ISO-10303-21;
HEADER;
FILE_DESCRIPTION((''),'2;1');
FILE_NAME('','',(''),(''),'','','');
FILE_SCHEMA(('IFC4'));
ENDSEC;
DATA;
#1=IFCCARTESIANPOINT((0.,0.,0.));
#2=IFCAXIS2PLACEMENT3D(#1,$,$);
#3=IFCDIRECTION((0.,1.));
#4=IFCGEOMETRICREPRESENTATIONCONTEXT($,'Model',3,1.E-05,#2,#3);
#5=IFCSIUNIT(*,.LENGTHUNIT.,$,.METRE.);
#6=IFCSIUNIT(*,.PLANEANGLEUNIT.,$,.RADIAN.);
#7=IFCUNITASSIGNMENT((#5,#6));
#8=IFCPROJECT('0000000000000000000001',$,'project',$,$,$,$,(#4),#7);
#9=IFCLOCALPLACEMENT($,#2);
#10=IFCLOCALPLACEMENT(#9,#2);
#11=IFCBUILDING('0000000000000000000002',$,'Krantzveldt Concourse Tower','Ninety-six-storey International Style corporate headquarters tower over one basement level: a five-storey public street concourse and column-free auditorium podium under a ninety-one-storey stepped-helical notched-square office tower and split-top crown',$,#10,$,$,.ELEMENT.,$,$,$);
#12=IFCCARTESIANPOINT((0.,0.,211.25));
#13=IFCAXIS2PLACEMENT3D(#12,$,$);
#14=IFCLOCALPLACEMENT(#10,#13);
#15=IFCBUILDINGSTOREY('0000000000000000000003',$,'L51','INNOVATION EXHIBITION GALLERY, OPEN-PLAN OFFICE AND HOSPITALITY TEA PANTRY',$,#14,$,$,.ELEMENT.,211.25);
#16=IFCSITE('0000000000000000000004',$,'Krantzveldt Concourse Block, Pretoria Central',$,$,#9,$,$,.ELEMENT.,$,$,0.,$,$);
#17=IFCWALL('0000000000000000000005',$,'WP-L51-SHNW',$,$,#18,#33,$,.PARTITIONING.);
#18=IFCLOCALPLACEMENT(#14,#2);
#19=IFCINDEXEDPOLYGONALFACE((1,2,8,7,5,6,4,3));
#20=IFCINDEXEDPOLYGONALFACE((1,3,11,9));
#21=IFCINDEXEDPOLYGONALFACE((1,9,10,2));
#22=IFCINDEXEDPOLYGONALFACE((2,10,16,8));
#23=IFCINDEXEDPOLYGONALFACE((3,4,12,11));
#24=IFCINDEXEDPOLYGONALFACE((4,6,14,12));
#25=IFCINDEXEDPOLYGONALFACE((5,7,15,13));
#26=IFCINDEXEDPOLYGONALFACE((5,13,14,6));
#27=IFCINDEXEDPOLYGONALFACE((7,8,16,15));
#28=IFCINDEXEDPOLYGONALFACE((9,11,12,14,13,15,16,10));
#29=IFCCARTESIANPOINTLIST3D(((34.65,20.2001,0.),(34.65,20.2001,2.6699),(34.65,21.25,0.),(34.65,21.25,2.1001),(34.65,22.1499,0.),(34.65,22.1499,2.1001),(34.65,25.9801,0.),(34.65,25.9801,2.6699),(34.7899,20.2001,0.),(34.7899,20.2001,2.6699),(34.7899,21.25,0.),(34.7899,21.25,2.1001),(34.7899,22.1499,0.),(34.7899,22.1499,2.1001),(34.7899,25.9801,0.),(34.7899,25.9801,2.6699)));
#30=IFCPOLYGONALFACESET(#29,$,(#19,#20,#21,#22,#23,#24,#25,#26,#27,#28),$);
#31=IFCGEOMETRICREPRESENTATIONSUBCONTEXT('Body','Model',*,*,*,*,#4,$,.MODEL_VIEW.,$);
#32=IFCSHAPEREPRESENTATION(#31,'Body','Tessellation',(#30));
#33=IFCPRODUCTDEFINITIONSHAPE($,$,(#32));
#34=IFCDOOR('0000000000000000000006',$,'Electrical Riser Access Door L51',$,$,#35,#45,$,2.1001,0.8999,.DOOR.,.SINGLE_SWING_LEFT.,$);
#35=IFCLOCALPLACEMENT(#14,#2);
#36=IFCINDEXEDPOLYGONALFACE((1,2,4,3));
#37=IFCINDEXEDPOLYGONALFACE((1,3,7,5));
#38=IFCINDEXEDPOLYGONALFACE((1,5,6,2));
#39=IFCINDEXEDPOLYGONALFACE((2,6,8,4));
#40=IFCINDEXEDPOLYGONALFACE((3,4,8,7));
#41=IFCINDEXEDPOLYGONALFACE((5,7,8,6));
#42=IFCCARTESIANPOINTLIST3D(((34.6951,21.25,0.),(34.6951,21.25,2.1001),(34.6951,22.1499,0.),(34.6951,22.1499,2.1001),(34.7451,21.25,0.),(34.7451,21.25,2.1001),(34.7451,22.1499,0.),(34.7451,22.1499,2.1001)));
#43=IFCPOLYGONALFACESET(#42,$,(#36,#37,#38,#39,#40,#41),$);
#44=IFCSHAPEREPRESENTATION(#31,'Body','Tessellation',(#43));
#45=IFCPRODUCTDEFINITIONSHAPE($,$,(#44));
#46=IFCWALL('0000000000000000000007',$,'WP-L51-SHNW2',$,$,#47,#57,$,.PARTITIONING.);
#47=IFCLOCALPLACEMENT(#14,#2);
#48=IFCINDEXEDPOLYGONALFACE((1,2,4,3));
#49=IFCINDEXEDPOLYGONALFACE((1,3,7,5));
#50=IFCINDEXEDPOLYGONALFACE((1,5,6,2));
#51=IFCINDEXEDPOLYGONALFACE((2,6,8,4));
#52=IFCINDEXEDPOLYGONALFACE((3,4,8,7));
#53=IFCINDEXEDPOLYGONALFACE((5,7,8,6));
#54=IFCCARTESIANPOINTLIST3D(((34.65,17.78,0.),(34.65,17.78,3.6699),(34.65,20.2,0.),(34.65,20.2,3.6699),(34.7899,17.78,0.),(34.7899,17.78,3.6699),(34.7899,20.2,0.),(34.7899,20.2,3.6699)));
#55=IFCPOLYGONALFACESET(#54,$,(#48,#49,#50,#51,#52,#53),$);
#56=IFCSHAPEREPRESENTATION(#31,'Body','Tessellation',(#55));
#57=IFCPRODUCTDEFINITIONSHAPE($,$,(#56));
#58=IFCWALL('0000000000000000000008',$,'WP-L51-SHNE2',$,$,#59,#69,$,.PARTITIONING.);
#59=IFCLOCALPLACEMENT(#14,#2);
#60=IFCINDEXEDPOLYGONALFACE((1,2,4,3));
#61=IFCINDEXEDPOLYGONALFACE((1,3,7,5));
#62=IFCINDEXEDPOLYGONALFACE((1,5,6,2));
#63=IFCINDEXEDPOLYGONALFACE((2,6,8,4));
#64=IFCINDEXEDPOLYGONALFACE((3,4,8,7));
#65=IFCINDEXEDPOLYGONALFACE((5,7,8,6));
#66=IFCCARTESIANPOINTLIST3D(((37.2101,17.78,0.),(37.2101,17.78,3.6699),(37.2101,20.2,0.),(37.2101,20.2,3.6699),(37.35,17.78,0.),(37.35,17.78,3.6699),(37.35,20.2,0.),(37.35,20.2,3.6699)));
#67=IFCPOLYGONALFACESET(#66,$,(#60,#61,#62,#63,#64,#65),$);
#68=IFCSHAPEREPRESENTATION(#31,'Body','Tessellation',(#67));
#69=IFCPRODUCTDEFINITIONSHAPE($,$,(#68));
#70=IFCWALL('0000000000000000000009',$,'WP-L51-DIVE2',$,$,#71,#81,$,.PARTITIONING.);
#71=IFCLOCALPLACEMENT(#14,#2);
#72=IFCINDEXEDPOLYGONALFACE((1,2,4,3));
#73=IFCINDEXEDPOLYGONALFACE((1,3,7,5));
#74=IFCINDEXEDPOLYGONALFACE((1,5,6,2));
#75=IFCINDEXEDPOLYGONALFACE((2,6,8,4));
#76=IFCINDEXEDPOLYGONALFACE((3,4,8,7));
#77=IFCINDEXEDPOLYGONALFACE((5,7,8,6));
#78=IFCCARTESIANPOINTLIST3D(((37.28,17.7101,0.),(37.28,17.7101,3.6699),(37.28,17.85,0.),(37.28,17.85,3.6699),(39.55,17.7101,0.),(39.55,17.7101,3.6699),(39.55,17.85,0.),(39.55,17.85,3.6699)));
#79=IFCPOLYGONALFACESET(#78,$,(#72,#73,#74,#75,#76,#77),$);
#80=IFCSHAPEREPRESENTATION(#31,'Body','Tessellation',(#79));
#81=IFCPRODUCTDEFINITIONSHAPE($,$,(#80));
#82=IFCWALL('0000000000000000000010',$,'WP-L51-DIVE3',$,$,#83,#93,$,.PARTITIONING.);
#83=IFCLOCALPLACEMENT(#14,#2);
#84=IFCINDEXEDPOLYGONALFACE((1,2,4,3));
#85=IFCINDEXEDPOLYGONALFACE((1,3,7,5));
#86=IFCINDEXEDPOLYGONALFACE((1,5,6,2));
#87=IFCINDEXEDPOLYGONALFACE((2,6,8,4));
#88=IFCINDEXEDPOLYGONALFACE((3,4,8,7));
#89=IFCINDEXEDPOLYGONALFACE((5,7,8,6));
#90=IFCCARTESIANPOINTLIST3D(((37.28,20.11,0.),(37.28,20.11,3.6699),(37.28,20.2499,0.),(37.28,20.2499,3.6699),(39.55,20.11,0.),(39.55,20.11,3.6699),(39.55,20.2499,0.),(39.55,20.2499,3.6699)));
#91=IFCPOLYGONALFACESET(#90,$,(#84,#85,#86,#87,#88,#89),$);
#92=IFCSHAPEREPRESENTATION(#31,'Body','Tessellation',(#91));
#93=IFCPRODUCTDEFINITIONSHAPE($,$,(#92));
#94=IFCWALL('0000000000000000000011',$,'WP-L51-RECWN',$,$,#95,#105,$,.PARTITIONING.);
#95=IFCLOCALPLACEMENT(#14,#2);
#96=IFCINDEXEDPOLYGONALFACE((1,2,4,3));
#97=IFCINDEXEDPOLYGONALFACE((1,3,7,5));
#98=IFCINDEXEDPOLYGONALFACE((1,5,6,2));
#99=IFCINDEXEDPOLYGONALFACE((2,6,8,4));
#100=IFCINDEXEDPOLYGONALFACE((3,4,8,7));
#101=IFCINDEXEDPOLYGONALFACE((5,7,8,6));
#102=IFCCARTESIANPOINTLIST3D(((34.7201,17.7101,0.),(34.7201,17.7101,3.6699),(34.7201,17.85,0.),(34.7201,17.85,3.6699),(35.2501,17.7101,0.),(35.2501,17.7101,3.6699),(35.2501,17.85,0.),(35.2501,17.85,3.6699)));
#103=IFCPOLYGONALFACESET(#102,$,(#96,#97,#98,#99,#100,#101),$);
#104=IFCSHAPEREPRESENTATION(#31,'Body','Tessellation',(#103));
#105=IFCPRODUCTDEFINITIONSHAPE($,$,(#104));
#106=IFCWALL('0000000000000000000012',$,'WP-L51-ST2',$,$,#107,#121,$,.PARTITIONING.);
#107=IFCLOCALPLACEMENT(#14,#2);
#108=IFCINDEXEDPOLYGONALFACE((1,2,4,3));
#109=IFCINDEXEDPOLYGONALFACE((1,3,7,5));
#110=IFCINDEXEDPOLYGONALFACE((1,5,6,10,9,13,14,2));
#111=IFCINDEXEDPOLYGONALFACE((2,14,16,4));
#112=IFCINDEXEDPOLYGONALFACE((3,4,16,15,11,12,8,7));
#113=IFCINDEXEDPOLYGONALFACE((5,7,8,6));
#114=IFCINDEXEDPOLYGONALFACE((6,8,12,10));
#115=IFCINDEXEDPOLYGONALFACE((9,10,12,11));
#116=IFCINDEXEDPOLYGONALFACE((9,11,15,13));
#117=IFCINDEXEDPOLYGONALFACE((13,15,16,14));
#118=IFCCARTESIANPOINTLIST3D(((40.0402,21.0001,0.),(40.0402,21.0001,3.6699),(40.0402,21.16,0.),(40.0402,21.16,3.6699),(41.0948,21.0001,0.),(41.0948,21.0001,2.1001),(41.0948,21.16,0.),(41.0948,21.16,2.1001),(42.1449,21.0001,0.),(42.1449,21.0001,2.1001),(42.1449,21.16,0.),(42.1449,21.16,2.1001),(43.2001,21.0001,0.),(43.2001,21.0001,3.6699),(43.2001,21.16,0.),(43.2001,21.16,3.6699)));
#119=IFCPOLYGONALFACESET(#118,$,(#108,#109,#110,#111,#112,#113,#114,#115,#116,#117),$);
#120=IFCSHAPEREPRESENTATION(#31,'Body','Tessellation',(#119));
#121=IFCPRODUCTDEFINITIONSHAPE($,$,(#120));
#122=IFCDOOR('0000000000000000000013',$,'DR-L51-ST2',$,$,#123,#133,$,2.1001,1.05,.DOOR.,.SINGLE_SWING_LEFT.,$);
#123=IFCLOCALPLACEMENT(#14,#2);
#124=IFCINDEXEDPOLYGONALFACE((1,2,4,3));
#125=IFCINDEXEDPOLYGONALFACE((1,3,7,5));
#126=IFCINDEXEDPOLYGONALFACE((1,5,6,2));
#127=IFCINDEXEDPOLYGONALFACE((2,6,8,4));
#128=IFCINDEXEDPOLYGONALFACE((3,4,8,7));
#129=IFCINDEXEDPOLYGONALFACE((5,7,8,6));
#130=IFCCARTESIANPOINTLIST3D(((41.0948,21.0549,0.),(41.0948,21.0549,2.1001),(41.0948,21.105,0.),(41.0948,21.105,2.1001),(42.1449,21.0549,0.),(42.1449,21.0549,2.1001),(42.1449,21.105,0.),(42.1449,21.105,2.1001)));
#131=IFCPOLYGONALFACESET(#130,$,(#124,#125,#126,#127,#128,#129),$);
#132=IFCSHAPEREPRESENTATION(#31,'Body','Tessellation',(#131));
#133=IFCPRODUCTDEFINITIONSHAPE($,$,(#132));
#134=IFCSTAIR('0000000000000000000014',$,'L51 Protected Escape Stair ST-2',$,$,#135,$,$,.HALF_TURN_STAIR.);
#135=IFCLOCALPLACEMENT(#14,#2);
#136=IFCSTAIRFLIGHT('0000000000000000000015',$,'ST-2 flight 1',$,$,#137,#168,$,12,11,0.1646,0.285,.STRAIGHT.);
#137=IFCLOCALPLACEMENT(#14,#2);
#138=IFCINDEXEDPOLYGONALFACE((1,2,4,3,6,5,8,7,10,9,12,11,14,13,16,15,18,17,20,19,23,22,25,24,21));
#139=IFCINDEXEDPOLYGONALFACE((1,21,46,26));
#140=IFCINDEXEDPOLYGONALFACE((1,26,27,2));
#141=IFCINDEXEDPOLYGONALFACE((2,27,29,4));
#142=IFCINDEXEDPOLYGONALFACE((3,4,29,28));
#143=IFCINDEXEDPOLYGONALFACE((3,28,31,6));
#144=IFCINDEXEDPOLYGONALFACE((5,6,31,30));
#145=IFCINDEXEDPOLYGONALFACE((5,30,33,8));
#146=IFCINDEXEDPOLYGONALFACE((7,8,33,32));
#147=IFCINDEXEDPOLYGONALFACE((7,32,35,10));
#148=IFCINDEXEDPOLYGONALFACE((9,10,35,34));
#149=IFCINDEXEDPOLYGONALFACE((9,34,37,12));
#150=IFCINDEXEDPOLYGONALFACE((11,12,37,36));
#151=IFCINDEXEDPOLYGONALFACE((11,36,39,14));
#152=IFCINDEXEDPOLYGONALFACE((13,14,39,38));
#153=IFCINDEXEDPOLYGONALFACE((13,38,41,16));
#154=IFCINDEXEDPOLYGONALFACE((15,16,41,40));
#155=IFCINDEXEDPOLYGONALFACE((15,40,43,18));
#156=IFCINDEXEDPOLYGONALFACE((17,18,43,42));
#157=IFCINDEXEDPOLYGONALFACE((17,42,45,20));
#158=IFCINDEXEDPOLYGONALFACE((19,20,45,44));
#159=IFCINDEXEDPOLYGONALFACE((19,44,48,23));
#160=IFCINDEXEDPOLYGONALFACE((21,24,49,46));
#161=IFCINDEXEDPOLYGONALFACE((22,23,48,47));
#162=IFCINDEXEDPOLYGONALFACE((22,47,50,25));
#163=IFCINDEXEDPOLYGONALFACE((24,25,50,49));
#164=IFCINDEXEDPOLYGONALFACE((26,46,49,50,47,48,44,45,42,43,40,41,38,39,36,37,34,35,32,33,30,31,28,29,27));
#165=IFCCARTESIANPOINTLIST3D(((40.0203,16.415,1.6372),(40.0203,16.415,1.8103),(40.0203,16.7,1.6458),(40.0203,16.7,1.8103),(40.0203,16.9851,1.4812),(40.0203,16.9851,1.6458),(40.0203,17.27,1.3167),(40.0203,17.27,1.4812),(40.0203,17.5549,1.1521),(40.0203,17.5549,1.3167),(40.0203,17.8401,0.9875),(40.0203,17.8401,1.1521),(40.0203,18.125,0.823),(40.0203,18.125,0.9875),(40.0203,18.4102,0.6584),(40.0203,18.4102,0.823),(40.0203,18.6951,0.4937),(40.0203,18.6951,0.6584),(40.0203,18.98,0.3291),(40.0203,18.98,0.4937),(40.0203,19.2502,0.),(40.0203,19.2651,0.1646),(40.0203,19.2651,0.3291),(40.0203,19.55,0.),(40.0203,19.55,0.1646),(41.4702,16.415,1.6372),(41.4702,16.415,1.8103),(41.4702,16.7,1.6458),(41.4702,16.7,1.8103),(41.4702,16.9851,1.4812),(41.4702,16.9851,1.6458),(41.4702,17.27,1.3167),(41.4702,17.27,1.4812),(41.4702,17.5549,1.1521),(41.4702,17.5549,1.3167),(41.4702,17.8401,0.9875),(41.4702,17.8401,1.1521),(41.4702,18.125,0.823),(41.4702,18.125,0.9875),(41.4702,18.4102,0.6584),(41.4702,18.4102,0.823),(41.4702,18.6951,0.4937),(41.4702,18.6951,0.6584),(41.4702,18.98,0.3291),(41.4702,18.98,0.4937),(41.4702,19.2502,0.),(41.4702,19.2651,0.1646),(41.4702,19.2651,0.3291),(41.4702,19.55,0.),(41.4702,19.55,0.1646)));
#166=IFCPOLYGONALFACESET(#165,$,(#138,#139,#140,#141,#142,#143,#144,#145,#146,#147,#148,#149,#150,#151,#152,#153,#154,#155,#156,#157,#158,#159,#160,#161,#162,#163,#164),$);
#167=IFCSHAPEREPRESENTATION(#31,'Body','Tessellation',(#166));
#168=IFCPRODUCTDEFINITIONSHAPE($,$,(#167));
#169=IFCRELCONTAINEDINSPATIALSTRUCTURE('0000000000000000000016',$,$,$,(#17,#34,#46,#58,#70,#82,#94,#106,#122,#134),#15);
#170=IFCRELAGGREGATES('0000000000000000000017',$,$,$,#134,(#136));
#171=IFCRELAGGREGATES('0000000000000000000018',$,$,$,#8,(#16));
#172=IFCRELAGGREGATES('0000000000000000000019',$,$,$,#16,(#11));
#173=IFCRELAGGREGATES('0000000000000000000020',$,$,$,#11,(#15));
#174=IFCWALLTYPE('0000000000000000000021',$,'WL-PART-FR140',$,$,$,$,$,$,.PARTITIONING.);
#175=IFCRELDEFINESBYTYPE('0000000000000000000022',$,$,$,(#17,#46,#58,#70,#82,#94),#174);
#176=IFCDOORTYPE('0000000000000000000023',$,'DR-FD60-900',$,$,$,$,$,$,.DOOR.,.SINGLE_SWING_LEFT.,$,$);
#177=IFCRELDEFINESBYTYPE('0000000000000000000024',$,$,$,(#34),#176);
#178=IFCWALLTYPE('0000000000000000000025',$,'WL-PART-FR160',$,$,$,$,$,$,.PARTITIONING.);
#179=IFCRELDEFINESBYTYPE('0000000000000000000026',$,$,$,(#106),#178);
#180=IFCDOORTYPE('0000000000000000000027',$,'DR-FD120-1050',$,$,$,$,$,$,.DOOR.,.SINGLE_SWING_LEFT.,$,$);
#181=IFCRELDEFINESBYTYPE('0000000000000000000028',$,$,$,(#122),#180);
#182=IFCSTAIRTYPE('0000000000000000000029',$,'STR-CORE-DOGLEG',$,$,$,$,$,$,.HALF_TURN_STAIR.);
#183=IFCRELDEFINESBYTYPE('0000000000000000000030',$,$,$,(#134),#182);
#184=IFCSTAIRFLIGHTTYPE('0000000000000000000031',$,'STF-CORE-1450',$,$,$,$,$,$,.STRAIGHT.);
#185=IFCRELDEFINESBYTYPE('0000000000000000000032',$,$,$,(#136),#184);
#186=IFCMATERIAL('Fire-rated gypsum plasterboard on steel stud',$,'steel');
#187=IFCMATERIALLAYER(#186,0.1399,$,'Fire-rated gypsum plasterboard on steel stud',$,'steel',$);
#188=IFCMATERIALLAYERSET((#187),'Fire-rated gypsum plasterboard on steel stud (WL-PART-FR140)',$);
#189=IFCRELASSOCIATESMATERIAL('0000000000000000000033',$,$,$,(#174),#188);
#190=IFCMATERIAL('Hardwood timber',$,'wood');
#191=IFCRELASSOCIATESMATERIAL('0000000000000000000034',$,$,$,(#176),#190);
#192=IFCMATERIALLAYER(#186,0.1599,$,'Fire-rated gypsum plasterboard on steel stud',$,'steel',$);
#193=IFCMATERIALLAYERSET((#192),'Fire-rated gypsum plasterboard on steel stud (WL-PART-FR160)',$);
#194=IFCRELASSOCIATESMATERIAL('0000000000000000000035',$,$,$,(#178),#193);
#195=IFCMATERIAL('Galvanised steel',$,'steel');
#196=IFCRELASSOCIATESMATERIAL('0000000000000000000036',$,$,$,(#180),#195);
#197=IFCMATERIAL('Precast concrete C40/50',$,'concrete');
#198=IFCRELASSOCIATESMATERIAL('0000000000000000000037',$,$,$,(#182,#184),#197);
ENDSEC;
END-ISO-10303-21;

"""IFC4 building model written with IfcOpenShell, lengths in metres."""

from ifc_helpers import new_model, si_unit, direction, frame, frame_2d, origin, place, context, subcontext, project, spatial, polyline, rectangle, outline, extrude, material, layer, layer_set, type_object, element, fill, aggregate, save


model = new_model("IFC4")

# Units and contexts
model_context = context("Model", 3, precision=1e-05, world=origin(), true_north=direction((0.0, 1.0)))
body_context = subcontext(model_context, "Body", "Model", "MODEL_VIEW")
ifc_project = project(units=[si_unit("LENGTHUNIT", "METRE"), si_unit("PLANEANGLEUNIT", "RADIAN")], contexts=[model_context])

# Site, building, storey
site_placement = place(None, origin())
site = spatial("IfcSite", under=ifc_project, at=site_placement, Name="Krantzveldt Concourse Block, Pretoria Central", CompositionType="ELEMENT", RefElevation=0.0)
building_placement = place(site_placement, origin())
building = spatial("IfcBuilding", under=site, at=building_placement, Name="Krantzveldt Concourse Tower", Description="Ninety-six-storey International Style corporate headquarters tower over one basement level: a five-storey public street concourse and column-free auditorium podium under a ninety-one-storey stepped-helical notched-square office tower and split-top crown", CompositionType="ELEMENT")
storey_placement = place(building_placement, frame((0.0, 0.0, 211.25)))
storey = spatial("IfcBuildingStorey", under=building, at=storey_placement, Name="L51", Description="INNOVATION EXHIBITION GALLERY, OPEN-PLAN OFFICE AND HOSPITALITY TEA PANTRY", CompositionType="ELEMENT", Elevation=211.25)

# Wall, opening, door
ifc_material_1 = material(Name="Fire-rated gypsum plasterboard on steel stud", Category="steel")
ifc_layer_1 = layer(ifc_material_1, 0.1399, Name="Fire-rated gypsum plasterboard on steel stud", Category="steel")
ifc_layer_set_1 = layer_set([ifc_layer_1], Name="Fire-rated gypsum plasterboard on steel stud (WL-PART-FR140)")
wall_type_1 = type_object("IfcWallType", Name="WL-PART-FR140", PredefinedType="PARTITIONING", material=ifc_layer_set_1)
wall_1_placement = place(storey_placement, frame((34.72, 20.2, 0.0), z_axis=(0.0, 0.0, 1.0), x_axis=(0.0, 1.0, 0.0)))
wall_1 = element("IfcWall", 1, at=wall_1_placement, inside=storey, type_object=wall_type_1, Name="WP-L51-SHNW", PredefinedType="PARTITIONING", context=body_context, shape_type="SweptSolid", body=[
    extrude(rectangle(XDim=5.78, YDim=0.1399, at=frame_2d((2.8901, 0.0))), origin(), (0.0, 0.0, 1.0), 2.6699),
])
opening_1_placement = place(wall_1_placement, frame((1.05, 0.0, 0.0)))
opening_1 = element("IfcOpeningElement", 2, at=opening_1_placement, cuts=wall_1, PredefinedType="OPENING", context=body_context, shape_type="SweptSolid", body=[
    extrude(rectangle(XDim=0.8999, YDim=2.1001, at=frame_2d((0.45, 1.05))), frame((0.0, 0.0801, 0.0), z_axis=(0.0, -1.0, 0.0), x_axis=(1.0, 0.0, 0.0)), (0.0, 0.0, 1.0), 0.1599),
])
ifc_material_2 = material(Name="Hardwood timber", Category="wood")
door_type_1 = type_object("IfcDoorType", Name="DR-FD60-900", OperationType="SINGLE_SWING_LEFT", PredefinedType="DOOR", material=ifc_material_2)
door_1_placement = place(opening_1_placement, origin())
door_1 = element("IfcDoor", 3, at=door_1_placement, inside=storey, type_object=door_type_1, Name="Electrical Riser Access Door L51", OperationType="SINGLE_SWING_LEFT", OverallHeight=2.1001, OverallWidth=0.8999, PredefinedType="DOOR", context=body_context, shape_type="SweptSolid", body=[
    extrude(rectangle(XDim=0.8999, YDim=2.1001, at=frame_2d((0.45, 1.05))), frame((0.0, 0.0249, 0.0), z_axis=(0.0, -1.0, 0.0), x_axis=(1.0, 0.0, 0.0)), (0.0, 0.0, 1.0), 0.05),
])
fill(opening_1, door_1)

# Walls
for number, where, z_axis, x_axis, name in (
    (4, (34.72, 17.78, 0.0), (0.0, 0.0, 1.0), (0.0, 1.0, 0.0), "WP-L51-SHNW2"),
    (5, (37.28, 17.78, 0.0), (0.0, 0.0, 1.0), (0.0, 1.0, 0.0), "WP-L51-SHNE2"),
):
    element("IfcWall", number, at=place(storey_placement, frame(where, z_axis=z_axis, x_axis=x_axis)), inside=storey, type_object=wall_type_1, Name=name, PredefinedType="PARTITIONING", context=body_context, shape_type="SweptSolid", body=[
        extrude(rectangle(XDim=2.4199, YDim=0.1399, at=frame_2d((1.21, 0.0))), origin(), (0.0, 0.0, 1.0), 3.6699),
    ])
for number, where, z_axis, x_axis, name in (
    (6, (37.28, 17.78, 0.0), (0.0, 0.0, 1.0), (1.0, 0.0, 0.0), "WP-L51-DIVE2"),
    (7, (37.28, 20.1799, 0.0), (0.0, 0.0, 1.0), (1.0, 0.0, 0.0), "WP-L51-DIVE3"),
):
    element("IfcWall", number, at=place(storey_placement, frame(where, z_axis=z_axis, x_axis=x_axis)), inside=storey, type_object=wall_type_1, Name=name, PredefinedType="PARTITIONING", context=body_context, shape_type="SweptSolid", body=[
        extrude(rectangle(XDim=2.27, YDim=0.1399, at=frame_2d((1.135, 0.0))), origin(), (0.0, 0.0, 1.0), 3.6699),
    ])
wall_2_placement = place(storey_placement, frame((34.72, 17.78, 0.0), z_axis=(0.0, 0.0, 1.0), x_axis=(1.0, 0.0, 0.0)))
element("IfcWall", 8, at=wall_2_placement, inside=storey, type_object=wall_type_1, Name="WP-L51-RECWN", PredefinedType="PARTITIONING", context=body_context, shape_type="SweptSolid", body=[
    extrude(rectangle(XDim=0.53, YDim=0.1399, at=frame_2d((0.2651, 0.0))), origin(), (0.0, 0.0, 1.0), 3.6699),
])

# Wall, opening, door
ifc_layer_2 = layer(ifc_material_1, 0.1599, Name="Fire-rated gypsum plasterboard on steel stud", Category="steel")
ifc_layer_set_2 = layer_set([ifc_layer_2], Name="Fire-rated gypsum plasterboard on steel stud (WL-PART-FR160)")
wall_type_2 = type_object("IfcWallType", Name="WL-PART-FR160", PredefinedType="PARTITIONING", material=ifc_layer_set_2)
wall_3_placement = place(storey_placement, frame((40.04, 21.0801, 0.0), z_axis=(0.0, 0.0, 1.0), x_axis=(1.0, 0.0, 0.0)))
wall_3 = element("IfcWall", 9, at=wall_3_placement, inside=storey, type_object=wall_type_2, Name="WP-L51-ST2", PredefinedType="PARTITIONING", context=body_context, shape_type="SweptSolid", body=[
    extrude(rectangle(XDim=3.1599, YDim=0.1599, at=frame_2d((1.5801, 0.0))), origin(), (0.0, 0.0, 1.0), 3.6699),
])
opening_2_placement = place(wall_3_placement, frame((1.0549, 0.0, 0.0)))
opening_2 = element("IfcOpeningElement", 10, at=opening_2_placement, cuts=wall_3, PredefinedType="OPENING", context=body_context, shape_type="SweptSolid", body=[
    extrude(rectangle(XDim=1.05, YDim=2.1001, at=frame_2d((0.5249, 1.05))), frame((0.0, 0.0898, 0.0), z_axis=(0.0, -1.0, 0.0), x_axis=(1.0, 0.0, 0.0)), (0.0, 0.0, 1.0), 0.1799),
])
ifc_material_3 = material(Name="Galvanised steel", Category="steel")
door_type_2 = type_object("IfcDoorType", Name="DR-FD120-1050", OperationType="SINGLE_SWING_LEFT", PredefinedType="DOOR", material=ifc_material_3)
door_2_placement = place(opening_2_placement, origin())
door_2 = element("IfcDoor", 11, at=door_2_placement, inside=storey, type_object=door_type_2, Name="DR-L51-ST2", OperationType="SINGLE_SWING_LEFT", OverallHeight=2.1001, OverallWidth=1.05, PredefinedType="DOOR", context=body_context, shape_type="SweptSolid", body=[
    extrude(rectangle(XDim=1.05, YDim=2.1001, at=frame_2d((0.5249, 1.05))), frame((0.0, 0.0249, 0.0), z_axis=(0.0, -1.0, 0.0), x_axis=(1.0, 0.0, 0.0)), (0.0, 0.0, 1.0), 0.05),
])
fill(opening_2, door_2)

# Stair, stair flight
ifc_material_4 = material(Name="Precast concrete C40/50", Category="concrete")
stair_type = type_object("IfcStairType", Name="STR-CORE-DOGLEG", PredefinedType="HALF_TURN_STAIR", material=ifc_material_4)
stair_placement = place(storey_placement, origin())
stair = element("IfcStair", 12, at=stair_placement, inside=storey, type_object=stair_type, Name="L51 Protected Escape Stair ST-2", PredefinedType="HALF_TURN_STAIR")
stair_flight_type = type_object("IfcStairFlightType", Name="STF-CORE-1450", PredefinedType="STRAIGHT", material=ifc_material_4)
stair_flight_1_placement = place(storey_placement, frame((40.7451, 19.55, 0.0), z_axis=(0.0, 0.0, 1.0), x_axis=(0.0, -1.0, 0.0)))
stair_flight_1 = element("IfcStairFlight", 13, at=stair_flight_1_placement, type_object=stair_flight_type, Name="ST-2 flight 1", NumberOfRisers=12, NumberOfTreads=11, PredefinedType="STRAIGHT", RiserHeight=0.1646, TreadLength=0.285, context=body_context, shape_type="SweptSolid", body=[
    extrude(outline(polyline([(0.0, 0.0), (0.0, 0.1646), (0.2849, 0.1646), (0.2849, 0.3291), (0.5701, 0.3291), (0.5701, 0.4937), (0.855, 0.4937), (0.855, 0.6584), (1.1399, 0.6584), (1.1399, 0.823), (1.425, 0.823), (1.425, 0.9875), (1.71, 0.9875), (1.71, 1.1521), (1.9951, 1.1521), (1.9951, 1.3167), (2.28, 1.3167), (2.28, 1.4812), (2.5649, 1.4812), (2.5649, 1.6458), (2.8501, 1.6458), (2.8501, 1.8103), (3.135, 1.8103), (3.135, 1.9751), (3.135, 1.6372), (0.2998, 0.0), (0.0, 0.0)])), frame((0.0, 0.7251, 0.0), z_axis=(0.0, -1.0, 0.0), x_axis=(1.0, 0.0, 0.0)), (0.0, 0.0, 1.0), 1.45),
])
aggregate(stair, [stair_flight_1])

save(model, "model.ifc")
